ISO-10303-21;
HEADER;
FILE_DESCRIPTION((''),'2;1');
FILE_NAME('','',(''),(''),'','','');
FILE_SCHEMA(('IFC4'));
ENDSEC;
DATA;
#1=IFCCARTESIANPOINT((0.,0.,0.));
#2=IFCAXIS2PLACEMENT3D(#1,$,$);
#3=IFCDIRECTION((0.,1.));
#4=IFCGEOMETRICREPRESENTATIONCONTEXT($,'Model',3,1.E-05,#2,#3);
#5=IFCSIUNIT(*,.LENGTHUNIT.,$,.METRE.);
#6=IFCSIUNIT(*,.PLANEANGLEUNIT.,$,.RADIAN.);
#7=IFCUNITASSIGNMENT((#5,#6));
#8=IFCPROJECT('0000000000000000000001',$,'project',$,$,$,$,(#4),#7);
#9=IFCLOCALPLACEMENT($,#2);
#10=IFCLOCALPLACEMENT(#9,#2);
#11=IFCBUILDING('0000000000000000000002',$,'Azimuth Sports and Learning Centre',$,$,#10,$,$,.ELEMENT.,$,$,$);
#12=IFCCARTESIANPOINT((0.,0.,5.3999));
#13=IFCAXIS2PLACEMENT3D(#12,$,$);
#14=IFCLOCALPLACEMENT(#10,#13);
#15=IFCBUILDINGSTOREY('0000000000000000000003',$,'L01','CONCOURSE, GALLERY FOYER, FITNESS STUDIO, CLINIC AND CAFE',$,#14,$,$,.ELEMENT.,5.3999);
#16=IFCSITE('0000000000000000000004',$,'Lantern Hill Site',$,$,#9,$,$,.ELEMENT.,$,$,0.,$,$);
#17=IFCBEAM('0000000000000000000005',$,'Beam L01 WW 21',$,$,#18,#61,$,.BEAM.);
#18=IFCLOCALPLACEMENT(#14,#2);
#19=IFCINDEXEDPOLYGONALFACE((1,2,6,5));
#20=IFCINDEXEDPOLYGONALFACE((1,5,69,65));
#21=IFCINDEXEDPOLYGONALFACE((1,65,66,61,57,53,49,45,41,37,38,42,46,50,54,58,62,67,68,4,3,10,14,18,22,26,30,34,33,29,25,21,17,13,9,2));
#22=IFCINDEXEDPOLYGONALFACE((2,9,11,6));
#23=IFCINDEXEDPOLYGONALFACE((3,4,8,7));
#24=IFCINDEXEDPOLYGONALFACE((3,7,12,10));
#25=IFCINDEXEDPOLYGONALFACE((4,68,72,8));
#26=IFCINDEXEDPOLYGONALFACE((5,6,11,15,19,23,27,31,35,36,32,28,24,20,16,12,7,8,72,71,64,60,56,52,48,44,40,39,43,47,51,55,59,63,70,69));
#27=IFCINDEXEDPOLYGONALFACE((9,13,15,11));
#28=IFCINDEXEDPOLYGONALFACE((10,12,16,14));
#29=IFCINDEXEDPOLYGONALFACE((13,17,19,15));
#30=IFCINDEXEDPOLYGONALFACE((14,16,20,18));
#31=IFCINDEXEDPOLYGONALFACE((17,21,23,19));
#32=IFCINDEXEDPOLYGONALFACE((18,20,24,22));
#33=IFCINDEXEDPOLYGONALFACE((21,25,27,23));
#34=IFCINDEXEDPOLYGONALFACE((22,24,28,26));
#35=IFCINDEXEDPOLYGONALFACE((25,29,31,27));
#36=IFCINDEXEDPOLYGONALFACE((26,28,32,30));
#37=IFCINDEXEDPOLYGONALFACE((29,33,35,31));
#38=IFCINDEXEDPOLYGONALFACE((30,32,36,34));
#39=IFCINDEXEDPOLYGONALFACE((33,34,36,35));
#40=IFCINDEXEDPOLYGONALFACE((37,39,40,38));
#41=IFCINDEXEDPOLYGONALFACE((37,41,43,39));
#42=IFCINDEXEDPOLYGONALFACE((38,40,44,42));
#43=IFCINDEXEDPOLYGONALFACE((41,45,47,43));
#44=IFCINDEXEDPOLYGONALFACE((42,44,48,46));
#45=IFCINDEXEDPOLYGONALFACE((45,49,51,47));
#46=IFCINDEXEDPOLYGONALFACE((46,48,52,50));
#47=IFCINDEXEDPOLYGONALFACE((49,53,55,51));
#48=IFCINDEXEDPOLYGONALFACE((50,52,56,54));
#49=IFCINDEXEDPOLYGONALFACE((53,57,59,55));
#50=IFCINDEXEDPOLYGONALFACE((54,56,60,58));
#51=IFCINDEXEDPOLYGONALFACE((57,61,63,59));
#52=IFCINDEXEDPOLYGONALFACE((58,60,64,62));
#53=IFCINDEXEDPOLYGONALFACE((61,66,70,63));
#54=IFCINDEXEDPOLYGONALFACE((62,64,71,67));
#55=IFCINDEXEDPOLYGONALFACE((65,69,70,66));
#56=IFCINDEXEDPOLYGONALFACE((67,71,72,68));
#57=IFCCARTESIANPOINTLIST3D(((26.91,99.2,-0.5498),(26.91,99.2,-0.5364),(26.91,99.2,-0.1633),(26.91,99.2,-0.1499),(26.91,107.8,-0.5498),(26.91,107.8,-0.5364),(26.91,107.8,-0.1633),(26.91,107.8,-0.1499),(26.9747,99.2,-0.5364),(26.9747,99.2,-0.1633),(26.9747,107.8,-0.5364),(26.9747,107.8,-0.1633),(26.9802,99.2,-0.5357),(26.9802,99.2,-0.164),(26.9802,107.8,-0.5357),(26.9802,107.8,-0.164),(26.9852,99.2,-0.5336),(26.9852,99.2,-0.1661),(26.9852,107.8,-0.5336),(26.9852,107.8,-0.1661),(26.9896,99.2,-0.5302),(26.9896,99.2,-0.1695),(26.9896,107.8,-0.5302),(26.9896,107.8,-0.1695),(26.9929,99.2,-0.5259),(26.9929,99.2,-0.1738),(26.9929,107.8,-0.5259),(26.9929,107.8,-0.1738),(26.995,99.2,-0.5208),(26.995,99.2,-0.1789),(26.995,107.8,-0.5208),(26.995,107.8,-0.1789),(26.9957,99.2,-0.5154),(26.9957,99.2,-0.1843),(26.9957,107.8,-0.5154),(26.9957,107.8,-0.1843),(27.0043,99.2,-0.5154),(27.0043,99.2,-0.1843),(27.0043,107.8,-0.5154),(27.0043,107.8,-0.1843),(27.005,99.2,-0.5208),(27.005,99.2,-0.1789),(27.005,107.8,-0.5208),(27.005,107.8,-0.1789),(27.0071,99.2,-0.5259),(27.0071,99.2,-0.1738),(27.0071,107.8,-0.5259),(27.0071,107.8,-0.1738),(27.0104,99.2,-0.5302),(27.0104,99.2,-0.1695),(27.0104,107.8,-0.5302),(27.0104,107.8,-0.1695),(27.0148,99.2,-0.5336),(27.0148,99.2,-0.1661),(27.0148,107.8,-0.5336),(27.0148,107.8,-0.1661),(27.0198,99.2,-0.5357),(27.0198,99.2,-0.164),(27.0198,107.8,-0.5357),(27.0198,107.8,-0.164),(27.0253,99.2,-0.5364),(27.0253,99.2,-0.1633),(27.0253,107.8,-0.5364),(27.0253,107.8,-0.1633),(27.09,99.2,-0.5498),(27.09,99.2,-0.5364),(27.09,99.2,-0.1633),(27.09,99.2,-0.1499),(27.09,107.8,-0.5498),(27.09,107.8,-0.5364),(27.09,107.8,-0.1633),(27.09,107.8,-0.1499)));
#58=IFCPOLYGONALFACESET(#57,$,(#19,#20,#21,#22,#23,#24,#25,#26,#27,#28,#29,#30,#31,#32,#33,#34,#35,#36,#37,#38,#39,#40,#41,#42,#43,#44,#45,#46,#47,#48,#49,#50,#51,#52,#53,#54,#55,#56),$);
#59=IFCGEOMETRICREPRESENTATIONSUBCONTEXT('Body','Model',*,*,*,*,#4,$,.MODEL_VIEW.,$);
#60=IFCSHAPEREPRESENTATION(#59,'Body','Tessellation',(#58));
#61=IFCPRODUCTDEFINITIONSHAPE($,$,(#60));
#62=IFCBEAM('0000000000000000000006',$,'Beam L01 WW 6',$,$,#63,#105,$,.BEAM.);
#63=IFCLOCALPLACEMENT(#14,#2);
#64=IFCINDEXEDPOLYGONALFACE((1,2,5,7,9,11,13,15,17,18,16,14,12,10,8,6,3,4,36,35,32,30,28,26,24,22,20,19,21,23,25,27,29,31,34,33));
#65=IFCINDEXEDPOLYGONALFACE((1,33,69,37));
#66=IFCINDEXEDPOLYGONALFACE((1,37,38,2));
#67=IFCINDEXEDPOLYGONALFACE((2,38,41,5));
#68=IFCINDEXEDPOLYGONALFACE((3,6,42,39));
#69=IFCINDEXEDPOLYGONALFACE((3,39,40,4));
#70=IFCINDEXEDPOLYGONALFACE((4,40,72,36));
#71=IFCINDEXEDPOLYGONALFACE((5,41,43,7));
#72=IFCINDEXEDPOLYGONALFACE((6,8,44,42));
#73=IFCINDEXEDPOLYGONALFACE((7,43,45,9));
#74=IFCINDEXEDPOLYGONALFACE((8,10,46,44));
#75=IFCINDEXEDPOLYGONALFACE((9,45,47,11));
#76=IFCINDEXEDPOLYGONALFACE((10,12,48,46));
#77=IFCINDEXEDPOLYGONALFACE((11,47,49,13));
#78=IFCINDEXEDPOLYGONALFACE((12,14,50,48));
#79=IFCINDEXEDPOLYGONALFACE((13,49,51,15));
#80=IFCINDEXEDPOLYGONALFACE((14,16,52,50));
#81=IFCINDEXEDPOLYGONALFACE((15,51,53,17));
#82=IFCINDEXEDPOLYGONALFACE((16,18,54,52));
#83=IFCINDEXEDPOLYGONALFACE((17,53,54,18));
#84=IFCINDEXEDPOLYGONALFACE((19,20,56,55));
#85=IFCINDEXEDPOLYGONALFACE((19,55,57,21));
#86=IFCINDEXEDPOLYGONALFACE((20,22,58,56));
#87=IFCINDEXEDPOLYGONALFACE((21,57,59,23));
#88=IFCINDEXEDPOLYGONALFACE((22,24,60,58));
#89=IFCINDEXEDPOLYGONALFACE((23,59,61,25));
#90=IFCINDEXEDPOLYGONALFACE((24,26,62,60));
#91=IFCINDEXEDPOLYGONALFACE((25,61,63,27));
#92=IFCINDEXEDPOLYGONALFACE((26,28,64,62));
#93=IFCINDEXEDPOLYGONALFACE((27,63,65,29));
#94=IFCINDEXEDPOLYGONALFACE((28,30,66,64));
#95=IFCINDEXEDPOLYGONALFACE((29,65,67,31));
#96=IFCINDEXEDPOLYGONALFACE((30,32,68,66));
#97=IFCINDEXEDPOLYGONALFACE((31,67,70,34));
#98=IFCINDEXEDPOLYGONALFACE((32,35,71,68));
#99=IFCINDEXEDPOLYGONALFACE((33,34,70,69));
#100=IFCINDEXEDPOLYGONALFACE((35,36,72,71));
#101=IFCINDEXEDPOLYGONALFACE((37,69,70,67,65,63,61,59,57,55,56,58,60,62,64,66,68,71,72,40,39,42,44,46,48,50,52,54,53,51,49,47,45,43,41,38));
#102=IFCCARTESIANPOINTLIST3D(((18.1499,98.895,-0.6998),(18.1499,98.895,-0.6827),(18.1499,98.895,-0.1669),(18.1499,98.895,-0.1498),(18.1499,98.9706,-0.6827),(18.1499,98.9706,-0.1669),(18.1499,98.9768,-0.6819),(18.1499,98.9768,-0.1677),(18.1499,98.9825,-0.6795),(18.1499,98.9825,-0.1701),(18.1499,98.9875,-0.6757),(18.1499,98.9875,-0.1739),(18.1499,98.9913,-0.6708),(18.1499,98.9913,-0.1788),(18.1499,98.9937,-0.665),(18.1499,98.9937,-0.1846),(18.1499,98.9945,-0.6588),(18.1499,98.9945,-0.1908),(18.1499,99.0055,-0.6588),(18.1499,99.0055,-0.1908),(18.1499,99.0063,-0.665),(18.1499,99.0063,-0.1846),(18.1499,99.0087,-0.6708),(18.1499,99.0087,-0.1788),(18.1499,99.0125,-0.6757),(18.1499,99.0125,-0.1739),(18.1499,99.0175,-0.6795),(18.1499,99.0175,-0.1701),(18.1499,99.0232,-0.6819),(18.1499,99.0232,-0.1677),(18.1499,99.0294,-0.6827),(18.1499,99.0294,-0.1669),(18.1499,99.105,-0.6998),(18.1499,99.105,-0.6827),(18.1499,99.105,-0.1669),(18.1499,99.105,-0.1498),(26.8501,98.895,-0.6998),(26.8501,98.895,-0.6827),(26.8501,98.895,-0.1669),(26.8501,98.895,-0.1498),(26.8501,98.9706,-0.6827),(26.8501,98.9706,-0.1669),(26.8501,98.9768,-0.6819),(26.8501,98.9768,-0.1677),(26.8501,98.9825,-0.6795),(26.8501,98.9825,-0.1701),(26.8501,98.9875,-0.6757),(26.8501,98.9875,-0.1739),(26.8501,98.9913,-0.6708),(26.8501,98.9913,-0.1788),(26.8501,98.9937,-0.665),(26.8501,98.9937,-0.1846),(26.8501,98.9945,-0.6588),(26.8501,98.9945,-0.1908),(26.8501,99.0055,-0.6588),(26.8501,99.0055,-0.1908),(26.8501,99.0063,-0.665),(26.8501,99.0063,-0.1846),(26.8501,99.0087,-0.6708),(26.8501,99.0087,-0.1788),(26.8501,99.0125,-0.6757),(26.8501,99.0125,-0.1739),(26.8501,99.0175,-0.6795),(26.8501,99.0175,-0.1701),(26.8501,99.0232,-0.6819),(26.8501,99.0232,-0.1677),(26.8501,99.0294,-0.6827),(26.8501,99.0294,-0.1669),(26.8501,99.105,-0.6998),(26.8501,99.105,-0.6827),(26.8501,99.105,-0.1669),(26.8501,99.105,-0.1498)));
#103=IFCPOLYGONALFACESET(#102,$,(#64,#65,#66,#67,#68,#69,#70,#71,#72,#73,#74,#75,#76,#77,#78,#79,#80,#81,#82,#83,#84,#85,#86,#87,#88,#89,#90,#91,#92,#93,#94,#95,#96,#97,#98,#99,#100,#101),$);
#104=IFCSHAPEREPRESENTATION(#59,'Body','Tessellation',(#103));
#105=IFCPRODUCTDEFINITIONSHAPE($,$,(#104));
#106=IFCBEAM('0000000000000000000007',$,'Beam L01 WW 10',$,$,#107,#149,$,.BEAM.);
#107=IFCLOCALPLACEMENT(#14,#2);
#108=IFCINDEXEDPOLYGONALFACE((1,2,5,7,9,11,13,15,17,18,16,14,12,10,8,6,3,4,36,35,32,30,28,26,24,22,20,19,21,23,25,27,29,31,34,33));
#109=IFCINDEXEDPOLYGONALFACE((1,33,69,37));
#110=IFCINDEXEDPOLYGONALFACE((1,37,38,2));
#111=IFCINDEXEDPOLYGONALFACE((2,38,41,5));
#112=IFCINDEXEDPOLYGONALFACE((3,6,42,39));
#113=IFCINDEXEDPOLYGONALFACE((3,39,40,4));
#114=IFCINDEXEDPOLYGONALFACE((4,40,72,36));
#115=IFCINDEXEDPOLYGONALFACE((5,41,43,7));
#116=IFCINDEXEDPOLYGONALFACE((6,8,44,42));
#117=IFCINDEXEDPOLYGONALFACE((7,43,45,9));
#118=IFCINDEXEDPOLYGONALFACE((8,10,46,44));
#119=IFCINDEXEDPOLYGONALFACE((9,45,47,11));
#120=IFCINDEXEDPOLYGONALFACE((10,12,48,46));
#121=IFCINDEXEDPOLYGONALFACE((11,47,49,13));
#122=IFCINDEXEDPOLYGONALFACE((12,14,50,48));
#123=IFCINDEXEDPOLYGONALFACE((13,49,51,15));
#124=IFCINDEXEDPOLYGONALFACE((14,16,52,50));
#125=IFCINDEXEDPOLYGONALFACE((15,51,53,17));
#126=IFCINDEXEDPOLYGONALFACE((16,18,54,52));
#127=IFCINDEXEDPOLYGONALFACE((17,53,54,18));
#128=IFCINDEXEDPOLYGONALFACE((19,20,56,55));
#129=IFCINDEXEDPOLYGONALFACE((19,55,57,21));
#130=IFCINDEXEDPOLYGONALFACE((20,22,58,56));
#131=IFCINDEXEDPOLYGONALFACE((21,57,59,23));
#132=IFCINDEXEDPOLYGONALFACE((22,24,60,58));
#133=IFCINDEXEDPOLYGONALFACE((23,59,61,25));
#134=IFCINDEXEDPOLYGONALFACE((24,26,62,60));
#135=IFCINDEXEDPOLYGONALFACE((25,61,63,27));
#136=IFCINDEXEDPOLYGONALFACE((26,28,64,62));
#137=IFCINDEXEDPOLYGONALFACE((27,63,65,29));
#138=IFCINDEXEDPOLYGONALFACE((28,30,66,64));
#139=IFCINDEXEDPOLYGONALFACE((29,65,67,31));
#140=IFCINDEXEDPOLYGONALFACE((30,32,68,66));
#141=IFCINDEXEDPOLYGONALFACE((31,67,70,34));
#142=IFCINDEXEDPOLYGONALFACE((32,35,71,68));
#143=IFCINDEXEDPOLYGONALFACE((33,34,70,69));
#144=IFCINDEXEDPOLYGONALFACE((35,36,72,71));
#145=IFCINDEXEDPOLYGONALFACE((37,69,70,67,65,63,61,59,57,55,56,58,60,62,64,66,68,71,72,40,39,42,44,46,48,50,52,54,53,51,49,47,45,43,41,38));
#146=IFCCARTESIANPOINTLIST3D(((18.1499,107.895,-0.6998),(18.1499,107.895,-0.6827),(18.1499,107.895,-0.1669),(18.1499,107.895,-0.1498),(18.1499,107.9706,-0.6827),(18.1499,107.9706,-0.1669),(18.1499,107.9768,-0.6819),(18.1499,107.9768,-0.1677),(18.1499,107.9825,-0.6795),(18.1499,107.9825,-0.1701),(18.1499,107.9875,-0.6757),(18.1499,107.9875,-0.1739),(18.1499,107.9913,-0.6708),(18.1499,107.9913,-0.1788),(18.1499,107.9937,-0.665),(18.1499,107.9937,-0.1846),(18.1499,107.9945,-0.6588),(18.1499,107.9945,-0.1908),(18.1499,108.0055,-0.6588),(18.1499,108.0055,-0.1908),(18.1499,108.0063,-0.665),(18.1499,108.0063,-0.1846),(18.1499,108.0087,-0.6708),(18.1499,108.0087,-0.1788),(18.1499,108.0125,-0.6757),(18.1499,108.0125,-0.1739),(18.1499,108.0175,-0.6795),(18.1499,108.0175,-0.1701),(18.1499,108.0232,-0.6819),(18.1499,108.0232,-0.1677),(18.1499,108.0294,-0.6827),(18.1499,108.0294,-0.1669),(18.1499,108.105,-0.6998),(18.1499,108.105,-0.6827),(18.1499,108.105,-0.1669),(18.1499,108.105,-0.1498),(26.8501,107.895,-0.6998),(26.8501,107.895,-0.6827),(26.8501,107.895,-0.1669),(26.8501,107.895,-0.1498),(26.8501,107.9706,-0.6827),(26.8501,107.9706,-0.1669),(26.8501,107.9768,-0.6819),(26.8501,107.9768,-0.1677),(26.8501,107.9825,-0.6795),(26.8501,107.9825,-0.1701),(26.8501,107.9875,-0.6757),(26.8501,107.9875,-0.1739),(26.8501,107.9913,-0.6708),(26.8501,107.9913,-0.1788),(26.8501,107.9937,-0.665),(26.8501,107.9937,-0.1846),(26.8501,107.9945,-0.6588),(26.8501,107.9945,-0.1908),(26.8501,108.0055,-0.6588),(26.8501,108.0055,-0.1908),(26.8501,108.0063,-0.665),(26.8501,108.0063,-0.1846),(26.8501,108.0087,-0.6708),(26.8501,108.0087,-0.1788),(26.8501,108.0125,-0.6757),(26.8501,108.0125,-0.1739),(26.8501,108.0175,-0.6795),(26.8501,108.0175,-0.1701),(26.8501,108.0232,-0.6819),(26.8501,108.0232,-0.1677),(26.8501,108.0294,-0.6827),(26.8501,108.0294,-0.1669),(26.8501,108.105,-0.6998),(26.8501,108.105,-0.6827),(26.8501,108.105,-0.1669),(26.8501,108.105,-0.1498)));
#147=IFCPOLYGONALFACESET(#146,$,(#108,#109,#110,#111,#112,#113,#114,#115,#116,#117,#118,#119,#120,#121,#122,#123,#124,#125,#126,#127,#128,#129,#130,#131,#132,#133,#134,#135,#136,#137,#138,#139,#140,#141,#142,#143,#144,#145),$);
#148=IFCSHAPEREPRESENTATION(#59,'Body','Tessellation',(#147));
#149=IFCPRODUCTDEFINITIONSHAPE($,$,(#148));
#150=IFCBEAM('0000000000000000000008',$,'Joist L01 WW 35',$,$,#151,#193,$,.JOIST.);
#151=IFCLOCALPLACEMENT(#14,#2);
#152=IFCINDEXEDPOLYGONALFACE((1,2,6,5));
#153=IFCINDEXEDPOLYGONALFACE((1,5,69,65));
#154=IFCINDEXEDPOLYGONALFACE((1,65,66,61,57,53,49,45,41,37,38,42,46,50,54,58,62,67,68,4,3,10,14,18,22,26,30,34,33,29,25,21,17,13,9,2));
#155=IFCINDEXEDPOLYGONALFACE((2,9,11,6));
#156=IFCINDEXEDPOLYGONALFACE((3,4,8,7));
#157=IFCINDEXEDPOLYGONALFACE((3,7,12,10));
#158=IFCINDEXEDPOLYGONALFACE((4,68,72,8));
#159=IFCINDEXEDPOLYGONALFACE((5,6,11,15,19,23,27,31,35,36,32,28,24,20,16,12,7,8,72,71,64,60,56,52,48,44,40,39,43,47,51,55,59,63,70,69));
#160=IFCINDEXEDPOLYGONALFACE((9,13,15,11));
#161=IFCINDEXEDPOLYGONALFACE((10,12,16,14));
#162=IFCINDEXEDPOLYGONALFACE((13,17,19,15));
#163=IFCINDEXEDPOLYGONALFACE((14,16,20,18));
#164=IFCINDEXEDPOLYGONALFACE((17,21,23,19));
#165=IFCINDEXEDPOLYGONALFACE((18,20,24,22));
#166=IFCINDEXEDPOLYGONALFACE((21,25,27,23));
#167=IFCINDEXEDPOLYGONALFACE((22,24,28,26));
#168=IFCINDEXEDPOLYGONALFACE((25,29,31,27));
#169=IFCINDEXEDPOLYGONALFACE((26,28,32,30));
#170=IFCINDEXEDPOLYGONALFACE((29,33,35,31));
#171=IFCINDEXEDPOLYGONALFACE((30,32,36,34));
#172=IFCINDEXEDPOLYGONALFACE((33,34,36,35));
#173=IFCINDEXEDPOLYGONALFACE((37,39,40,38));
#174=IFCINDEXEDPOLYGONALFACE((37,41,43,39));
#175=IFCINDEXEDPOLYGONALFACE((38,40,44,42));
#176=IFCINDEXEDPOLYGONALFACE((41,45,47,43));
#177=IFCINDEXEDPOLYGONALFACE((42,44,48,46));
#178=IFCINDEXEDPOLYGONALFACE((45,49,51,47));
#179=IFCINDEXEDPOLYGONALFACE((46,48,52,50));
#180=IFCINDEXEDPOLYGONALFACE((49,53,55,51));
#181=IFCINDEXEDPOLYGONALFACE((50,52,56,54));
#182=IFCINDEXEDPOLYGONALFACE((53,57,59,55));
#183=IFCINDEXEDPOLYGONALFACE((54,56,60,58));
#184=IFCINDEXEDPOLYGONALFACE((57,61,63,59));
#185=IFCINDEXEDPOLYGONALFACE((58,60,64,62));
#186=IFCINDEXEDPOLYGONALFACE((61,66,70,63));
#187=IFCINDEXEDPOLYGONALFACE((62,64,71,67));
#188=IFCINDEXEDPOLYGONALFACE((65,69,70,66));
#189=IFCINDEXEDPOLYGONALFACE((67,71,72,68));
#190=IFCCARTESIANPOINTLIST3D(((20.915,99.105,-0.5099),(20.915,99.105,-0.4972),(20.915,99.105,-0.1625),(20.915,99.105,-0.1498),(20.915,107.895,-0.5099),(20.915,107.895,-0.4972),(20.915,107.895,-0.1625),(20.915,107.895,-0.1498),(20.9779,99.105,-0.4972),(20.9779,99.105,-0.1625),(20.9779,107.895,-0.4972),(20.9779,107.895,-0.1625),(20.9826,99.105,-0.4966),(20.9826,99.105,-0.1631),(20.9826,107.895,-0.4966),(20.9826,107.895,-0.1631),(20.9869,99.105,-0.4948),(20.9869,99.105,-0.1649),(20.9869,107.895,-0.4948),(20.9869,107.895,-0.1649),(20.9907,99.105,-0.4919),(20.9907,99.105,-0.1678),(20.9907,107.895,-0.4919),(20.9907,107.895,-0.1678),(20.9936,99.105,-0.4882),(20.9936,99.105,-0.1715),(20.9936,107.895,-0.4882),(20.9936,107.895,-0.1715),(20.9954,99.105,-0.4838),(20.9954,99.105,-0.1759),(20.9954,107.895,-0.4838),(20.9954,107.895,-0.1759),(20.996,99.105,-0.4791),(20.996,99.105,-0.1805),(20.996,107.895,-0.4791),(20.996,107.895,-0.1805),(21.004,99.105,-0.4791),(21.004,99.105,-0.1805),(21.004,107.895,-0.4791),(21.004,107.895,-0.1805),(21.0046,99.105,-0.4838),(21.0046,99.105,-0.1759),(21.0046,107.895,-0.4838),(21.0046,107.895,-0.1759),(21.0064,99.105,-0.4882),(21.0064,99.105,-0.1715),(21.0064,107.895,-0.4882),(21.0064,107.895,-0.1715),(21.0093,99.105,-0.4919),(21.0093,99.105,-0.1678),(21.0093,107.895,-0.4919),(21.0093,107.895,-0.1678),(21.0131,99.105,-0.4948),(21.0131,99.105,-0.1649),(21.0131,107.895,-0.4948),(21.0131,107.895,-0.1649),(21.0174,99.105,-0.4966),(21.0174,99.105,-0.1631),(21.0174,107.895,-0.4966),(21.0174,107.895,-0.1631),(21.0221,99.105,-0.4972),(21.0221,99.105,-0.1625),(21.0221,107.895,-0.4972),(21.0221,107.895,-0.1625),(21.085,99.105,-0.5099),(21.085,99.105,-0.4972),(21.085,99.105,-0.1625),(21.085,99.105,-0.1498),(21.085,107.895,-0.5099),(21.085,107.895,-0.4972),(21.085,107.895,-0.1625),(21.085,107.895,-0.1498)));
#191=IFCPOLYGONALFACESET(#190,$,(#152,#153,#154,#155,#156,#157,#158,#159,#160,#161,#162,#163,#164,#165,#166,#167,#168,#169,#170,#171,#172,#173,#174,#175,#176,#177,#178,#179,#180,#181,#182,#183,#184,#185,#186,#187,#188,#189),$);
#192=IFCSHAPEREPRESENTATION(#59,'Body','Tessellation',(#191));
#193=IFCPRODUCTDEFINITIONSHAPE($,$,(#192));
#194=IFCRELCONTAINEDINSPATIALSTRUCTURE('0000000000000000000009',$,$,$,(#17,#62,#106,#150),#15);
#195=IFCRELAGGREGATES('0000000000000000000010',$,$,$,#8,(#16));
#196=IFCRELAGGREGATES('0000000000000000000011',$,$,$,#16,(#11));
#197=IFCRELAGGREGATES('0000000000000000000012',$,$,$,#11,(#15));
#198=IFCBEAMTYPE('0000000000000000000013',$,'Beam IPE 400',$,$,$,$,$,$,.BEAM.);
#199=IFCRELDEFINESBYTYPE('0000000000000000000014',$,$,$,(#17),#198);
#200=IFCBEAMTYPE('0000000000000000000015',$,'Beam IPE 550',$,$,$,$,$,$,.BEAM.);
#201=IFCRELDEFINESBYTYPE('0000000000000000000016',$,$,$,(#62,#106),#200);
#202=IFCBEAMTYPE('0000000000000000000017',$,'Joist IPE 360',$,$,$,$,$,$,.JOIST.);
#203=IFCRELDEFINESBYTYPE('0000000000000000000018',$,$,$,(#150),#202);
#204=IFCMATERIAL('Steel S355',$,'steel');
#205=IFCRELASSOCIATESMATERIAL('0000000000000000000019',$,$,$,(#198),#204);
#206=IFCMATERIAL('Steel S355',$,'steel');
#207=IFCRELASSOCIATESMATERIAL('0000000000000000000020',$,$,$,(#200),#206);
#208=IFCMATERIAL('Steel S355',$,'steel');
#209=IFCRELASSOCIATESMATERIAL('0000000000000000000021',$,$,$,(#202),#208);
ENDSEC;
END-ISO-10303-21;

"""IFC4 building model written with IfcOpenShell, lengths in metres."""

from ifc_helpers import new_model, si_unit, direction, frame, origin, origin_2d, place, context, subcontext, project, spatial, i_section, extrude, material, material_profile, profile_set, type_object, element, save


model = new_model("IFC4")

# Units and contexts
model_context = context("Model", 3, precision=1e-05, world=origin(), true_north=direction((0.0, 1.0)))
body_context = subcontext(model_context, "Body", "Model", "MODEL_VIEW")
ifc_project = project(units=[si_unit("LENGTHUNIT", "METRE"), si_unit("PLANEANGLEUNIT", "RADIAN")], contexts=[model_context])

# Site, building, storey
site_placement = place(None, origin())
site = spatial("IfcSite", under=ifc_project, at=site_placement, Name="Lantern Hill Site", CompositionType="ELEMENT", RefElevation=0.0)
building_placement = place(site_placement, origin())
building = spatial("IfcBuilding", under=site, at=building_placement, Name="Azimuth Sports and Learning Centre", CompositionType="ELEMENT")
storey_placement = place(building_placement, frame((0.0, 0.0, 5.3999)))
storey = spatial("IfcBuildingStorey", under=building, at=storey_placement, Name="L01", Description="CONCOURSE, GALLERY FOYER, FITNESS STUDIO, CLINIC AND CAFE", CompositionType="ELEMENT", Elevation=5.3999)

# Beams
ifc_material_1 = material(Name="Steel S355", Category="steel")
ifc_material_profile_1 = material_profile(ifc_material_1, i_section(OverallWidth=0.1799, OverallDepth=0.3999, WebThickness=0.0085, FlangeThickness=0.0134, FilletRadius=0.021, at=origin_2d()), Name="IPE 400")
ifc_profile_set_1 = profile_set([ifc_material_profile_1], Name="Steel S355")
beam_type_1 = type_object("IfcBeamType", Name="Beam IPE 400", PredefinedType="BEAM", material=ifc_profile_set_1)
for number, where, z_axis, x_axis, name in (
    (1, (27.0, 99.2, -0.3499), (0.0, 1.0, 0.0), (-1.0, 0.0, 0.0), "Beam L01 WW 21"),
):
    element("IfcBeam", number, at=place(storey_placement, frame(where, z_axis=z_axis, x_axis=x_axis)), inside=storey, type_object=beam_type_1, Name=name, PredefinedType="BEAM", context=body_context, shape_type="SweptSolid", body=[
        extrude(i_section(OverallWidth=0.1799, OverallDepth=0.3999, WebThickness=0.0085, FlangeThickness=0.0134, FilletRadius=0.021, at=origin_2d()), origin(), (0.0, 0.0, 1.0), 8.6001),
    ])
ifc_material_2 = material(Name="Steel S355", Category="steel")
ifc_material_profile_2 = material_profile(ifc_material_2, i_section(OverallWidth=0.21, OverallDepth=0.55, WebThickness=0.011, FlangeThickness=0.0171, FilletRadius=0.0239, at=origin_2d()), Name="IPE 550")
ifc_profile_set_2 = profile_set([ifc_material_profile_2], Name="Steel S355")
beam_type_2 = type_object("IfcBeamType", Name="Beam IPE 550", PredefinedType="BEAM", material=ifc_profile_set_2)
for number, where, z_axis, x_axis, name in (
    (2, (18.1499, 99.0, -0.4248), (1.0, 0.0, 0.0), (0.0, 1.0, 0.0), "Beam L01 WW 6"),
    (3, (18.1499, 108.0, -0.4248), (1.0, 0.0, 0.0), (0.0, 1.0, 0.0), "Beam L01 WW 10"),
):
    element("IfcBeam", number, at=place(storey_placement, frame(where, z_axis=z_axis, x_axis=x_axis)), inside=storey, type_object=beam_type_2, Name=name, PredefinedType="BEAM", context=body_context, shape_type="SweptSolid", body=[
        extrude(i_section(OverallWidth=0.21, OverallDepth=0.55, WebThickness=0.011, FlangeThickness=0.0171, FilletRadius=0.0239, at=origin_2d()), origin(), (0.0, 0.0, 1.0), 8.7002),
    ])
ifc_material_3 = material(Name="Steel S355", Category="steel")
ifc_material_profile_3 = material_profile(ifc_material_3, i_section(OverallWidth=0.1699, OverallDepth=0.3601, WebThickness=0.0081, FlangeThickness=0.0127, FilletRadius=0.0181, at=origin_2d()), Name="IPE 360")
ifc_profile_set_3 = profile_set([ifc_material_profile_3], Name="Steel S355")
beam_type_3 = type_object("IfcBeamType", Name="Joist IPE 360", PredefinedType="JOIST", material=ifc_profile_set_3)
beam_1_placement = place(storey_placement, frame((21.0, 99.105, -0.3298), z_axis=(0.0, 1.0, 0.0), x_axis=(-1.0, 0.0, 0.0)))
element("IfcBeam", 4, at=beam_1_placement, inside=storey, type_object=beam_type_3, Name="Joist L01 WW 35", PredefinedType="JOIST", context=body_context, shape_type="SweptSolid", body=[
    extrude(i_section(OverallWidth=0.1699, OverallDepth=0.3601, WebThickness=0.0081, FlangeThickness=0.0127, FilletRadius=0.0181, at=origin_2d()), origin(), (0.0, 0.0, 1.0), 8.79),
])

save(model, "model.ifc")
